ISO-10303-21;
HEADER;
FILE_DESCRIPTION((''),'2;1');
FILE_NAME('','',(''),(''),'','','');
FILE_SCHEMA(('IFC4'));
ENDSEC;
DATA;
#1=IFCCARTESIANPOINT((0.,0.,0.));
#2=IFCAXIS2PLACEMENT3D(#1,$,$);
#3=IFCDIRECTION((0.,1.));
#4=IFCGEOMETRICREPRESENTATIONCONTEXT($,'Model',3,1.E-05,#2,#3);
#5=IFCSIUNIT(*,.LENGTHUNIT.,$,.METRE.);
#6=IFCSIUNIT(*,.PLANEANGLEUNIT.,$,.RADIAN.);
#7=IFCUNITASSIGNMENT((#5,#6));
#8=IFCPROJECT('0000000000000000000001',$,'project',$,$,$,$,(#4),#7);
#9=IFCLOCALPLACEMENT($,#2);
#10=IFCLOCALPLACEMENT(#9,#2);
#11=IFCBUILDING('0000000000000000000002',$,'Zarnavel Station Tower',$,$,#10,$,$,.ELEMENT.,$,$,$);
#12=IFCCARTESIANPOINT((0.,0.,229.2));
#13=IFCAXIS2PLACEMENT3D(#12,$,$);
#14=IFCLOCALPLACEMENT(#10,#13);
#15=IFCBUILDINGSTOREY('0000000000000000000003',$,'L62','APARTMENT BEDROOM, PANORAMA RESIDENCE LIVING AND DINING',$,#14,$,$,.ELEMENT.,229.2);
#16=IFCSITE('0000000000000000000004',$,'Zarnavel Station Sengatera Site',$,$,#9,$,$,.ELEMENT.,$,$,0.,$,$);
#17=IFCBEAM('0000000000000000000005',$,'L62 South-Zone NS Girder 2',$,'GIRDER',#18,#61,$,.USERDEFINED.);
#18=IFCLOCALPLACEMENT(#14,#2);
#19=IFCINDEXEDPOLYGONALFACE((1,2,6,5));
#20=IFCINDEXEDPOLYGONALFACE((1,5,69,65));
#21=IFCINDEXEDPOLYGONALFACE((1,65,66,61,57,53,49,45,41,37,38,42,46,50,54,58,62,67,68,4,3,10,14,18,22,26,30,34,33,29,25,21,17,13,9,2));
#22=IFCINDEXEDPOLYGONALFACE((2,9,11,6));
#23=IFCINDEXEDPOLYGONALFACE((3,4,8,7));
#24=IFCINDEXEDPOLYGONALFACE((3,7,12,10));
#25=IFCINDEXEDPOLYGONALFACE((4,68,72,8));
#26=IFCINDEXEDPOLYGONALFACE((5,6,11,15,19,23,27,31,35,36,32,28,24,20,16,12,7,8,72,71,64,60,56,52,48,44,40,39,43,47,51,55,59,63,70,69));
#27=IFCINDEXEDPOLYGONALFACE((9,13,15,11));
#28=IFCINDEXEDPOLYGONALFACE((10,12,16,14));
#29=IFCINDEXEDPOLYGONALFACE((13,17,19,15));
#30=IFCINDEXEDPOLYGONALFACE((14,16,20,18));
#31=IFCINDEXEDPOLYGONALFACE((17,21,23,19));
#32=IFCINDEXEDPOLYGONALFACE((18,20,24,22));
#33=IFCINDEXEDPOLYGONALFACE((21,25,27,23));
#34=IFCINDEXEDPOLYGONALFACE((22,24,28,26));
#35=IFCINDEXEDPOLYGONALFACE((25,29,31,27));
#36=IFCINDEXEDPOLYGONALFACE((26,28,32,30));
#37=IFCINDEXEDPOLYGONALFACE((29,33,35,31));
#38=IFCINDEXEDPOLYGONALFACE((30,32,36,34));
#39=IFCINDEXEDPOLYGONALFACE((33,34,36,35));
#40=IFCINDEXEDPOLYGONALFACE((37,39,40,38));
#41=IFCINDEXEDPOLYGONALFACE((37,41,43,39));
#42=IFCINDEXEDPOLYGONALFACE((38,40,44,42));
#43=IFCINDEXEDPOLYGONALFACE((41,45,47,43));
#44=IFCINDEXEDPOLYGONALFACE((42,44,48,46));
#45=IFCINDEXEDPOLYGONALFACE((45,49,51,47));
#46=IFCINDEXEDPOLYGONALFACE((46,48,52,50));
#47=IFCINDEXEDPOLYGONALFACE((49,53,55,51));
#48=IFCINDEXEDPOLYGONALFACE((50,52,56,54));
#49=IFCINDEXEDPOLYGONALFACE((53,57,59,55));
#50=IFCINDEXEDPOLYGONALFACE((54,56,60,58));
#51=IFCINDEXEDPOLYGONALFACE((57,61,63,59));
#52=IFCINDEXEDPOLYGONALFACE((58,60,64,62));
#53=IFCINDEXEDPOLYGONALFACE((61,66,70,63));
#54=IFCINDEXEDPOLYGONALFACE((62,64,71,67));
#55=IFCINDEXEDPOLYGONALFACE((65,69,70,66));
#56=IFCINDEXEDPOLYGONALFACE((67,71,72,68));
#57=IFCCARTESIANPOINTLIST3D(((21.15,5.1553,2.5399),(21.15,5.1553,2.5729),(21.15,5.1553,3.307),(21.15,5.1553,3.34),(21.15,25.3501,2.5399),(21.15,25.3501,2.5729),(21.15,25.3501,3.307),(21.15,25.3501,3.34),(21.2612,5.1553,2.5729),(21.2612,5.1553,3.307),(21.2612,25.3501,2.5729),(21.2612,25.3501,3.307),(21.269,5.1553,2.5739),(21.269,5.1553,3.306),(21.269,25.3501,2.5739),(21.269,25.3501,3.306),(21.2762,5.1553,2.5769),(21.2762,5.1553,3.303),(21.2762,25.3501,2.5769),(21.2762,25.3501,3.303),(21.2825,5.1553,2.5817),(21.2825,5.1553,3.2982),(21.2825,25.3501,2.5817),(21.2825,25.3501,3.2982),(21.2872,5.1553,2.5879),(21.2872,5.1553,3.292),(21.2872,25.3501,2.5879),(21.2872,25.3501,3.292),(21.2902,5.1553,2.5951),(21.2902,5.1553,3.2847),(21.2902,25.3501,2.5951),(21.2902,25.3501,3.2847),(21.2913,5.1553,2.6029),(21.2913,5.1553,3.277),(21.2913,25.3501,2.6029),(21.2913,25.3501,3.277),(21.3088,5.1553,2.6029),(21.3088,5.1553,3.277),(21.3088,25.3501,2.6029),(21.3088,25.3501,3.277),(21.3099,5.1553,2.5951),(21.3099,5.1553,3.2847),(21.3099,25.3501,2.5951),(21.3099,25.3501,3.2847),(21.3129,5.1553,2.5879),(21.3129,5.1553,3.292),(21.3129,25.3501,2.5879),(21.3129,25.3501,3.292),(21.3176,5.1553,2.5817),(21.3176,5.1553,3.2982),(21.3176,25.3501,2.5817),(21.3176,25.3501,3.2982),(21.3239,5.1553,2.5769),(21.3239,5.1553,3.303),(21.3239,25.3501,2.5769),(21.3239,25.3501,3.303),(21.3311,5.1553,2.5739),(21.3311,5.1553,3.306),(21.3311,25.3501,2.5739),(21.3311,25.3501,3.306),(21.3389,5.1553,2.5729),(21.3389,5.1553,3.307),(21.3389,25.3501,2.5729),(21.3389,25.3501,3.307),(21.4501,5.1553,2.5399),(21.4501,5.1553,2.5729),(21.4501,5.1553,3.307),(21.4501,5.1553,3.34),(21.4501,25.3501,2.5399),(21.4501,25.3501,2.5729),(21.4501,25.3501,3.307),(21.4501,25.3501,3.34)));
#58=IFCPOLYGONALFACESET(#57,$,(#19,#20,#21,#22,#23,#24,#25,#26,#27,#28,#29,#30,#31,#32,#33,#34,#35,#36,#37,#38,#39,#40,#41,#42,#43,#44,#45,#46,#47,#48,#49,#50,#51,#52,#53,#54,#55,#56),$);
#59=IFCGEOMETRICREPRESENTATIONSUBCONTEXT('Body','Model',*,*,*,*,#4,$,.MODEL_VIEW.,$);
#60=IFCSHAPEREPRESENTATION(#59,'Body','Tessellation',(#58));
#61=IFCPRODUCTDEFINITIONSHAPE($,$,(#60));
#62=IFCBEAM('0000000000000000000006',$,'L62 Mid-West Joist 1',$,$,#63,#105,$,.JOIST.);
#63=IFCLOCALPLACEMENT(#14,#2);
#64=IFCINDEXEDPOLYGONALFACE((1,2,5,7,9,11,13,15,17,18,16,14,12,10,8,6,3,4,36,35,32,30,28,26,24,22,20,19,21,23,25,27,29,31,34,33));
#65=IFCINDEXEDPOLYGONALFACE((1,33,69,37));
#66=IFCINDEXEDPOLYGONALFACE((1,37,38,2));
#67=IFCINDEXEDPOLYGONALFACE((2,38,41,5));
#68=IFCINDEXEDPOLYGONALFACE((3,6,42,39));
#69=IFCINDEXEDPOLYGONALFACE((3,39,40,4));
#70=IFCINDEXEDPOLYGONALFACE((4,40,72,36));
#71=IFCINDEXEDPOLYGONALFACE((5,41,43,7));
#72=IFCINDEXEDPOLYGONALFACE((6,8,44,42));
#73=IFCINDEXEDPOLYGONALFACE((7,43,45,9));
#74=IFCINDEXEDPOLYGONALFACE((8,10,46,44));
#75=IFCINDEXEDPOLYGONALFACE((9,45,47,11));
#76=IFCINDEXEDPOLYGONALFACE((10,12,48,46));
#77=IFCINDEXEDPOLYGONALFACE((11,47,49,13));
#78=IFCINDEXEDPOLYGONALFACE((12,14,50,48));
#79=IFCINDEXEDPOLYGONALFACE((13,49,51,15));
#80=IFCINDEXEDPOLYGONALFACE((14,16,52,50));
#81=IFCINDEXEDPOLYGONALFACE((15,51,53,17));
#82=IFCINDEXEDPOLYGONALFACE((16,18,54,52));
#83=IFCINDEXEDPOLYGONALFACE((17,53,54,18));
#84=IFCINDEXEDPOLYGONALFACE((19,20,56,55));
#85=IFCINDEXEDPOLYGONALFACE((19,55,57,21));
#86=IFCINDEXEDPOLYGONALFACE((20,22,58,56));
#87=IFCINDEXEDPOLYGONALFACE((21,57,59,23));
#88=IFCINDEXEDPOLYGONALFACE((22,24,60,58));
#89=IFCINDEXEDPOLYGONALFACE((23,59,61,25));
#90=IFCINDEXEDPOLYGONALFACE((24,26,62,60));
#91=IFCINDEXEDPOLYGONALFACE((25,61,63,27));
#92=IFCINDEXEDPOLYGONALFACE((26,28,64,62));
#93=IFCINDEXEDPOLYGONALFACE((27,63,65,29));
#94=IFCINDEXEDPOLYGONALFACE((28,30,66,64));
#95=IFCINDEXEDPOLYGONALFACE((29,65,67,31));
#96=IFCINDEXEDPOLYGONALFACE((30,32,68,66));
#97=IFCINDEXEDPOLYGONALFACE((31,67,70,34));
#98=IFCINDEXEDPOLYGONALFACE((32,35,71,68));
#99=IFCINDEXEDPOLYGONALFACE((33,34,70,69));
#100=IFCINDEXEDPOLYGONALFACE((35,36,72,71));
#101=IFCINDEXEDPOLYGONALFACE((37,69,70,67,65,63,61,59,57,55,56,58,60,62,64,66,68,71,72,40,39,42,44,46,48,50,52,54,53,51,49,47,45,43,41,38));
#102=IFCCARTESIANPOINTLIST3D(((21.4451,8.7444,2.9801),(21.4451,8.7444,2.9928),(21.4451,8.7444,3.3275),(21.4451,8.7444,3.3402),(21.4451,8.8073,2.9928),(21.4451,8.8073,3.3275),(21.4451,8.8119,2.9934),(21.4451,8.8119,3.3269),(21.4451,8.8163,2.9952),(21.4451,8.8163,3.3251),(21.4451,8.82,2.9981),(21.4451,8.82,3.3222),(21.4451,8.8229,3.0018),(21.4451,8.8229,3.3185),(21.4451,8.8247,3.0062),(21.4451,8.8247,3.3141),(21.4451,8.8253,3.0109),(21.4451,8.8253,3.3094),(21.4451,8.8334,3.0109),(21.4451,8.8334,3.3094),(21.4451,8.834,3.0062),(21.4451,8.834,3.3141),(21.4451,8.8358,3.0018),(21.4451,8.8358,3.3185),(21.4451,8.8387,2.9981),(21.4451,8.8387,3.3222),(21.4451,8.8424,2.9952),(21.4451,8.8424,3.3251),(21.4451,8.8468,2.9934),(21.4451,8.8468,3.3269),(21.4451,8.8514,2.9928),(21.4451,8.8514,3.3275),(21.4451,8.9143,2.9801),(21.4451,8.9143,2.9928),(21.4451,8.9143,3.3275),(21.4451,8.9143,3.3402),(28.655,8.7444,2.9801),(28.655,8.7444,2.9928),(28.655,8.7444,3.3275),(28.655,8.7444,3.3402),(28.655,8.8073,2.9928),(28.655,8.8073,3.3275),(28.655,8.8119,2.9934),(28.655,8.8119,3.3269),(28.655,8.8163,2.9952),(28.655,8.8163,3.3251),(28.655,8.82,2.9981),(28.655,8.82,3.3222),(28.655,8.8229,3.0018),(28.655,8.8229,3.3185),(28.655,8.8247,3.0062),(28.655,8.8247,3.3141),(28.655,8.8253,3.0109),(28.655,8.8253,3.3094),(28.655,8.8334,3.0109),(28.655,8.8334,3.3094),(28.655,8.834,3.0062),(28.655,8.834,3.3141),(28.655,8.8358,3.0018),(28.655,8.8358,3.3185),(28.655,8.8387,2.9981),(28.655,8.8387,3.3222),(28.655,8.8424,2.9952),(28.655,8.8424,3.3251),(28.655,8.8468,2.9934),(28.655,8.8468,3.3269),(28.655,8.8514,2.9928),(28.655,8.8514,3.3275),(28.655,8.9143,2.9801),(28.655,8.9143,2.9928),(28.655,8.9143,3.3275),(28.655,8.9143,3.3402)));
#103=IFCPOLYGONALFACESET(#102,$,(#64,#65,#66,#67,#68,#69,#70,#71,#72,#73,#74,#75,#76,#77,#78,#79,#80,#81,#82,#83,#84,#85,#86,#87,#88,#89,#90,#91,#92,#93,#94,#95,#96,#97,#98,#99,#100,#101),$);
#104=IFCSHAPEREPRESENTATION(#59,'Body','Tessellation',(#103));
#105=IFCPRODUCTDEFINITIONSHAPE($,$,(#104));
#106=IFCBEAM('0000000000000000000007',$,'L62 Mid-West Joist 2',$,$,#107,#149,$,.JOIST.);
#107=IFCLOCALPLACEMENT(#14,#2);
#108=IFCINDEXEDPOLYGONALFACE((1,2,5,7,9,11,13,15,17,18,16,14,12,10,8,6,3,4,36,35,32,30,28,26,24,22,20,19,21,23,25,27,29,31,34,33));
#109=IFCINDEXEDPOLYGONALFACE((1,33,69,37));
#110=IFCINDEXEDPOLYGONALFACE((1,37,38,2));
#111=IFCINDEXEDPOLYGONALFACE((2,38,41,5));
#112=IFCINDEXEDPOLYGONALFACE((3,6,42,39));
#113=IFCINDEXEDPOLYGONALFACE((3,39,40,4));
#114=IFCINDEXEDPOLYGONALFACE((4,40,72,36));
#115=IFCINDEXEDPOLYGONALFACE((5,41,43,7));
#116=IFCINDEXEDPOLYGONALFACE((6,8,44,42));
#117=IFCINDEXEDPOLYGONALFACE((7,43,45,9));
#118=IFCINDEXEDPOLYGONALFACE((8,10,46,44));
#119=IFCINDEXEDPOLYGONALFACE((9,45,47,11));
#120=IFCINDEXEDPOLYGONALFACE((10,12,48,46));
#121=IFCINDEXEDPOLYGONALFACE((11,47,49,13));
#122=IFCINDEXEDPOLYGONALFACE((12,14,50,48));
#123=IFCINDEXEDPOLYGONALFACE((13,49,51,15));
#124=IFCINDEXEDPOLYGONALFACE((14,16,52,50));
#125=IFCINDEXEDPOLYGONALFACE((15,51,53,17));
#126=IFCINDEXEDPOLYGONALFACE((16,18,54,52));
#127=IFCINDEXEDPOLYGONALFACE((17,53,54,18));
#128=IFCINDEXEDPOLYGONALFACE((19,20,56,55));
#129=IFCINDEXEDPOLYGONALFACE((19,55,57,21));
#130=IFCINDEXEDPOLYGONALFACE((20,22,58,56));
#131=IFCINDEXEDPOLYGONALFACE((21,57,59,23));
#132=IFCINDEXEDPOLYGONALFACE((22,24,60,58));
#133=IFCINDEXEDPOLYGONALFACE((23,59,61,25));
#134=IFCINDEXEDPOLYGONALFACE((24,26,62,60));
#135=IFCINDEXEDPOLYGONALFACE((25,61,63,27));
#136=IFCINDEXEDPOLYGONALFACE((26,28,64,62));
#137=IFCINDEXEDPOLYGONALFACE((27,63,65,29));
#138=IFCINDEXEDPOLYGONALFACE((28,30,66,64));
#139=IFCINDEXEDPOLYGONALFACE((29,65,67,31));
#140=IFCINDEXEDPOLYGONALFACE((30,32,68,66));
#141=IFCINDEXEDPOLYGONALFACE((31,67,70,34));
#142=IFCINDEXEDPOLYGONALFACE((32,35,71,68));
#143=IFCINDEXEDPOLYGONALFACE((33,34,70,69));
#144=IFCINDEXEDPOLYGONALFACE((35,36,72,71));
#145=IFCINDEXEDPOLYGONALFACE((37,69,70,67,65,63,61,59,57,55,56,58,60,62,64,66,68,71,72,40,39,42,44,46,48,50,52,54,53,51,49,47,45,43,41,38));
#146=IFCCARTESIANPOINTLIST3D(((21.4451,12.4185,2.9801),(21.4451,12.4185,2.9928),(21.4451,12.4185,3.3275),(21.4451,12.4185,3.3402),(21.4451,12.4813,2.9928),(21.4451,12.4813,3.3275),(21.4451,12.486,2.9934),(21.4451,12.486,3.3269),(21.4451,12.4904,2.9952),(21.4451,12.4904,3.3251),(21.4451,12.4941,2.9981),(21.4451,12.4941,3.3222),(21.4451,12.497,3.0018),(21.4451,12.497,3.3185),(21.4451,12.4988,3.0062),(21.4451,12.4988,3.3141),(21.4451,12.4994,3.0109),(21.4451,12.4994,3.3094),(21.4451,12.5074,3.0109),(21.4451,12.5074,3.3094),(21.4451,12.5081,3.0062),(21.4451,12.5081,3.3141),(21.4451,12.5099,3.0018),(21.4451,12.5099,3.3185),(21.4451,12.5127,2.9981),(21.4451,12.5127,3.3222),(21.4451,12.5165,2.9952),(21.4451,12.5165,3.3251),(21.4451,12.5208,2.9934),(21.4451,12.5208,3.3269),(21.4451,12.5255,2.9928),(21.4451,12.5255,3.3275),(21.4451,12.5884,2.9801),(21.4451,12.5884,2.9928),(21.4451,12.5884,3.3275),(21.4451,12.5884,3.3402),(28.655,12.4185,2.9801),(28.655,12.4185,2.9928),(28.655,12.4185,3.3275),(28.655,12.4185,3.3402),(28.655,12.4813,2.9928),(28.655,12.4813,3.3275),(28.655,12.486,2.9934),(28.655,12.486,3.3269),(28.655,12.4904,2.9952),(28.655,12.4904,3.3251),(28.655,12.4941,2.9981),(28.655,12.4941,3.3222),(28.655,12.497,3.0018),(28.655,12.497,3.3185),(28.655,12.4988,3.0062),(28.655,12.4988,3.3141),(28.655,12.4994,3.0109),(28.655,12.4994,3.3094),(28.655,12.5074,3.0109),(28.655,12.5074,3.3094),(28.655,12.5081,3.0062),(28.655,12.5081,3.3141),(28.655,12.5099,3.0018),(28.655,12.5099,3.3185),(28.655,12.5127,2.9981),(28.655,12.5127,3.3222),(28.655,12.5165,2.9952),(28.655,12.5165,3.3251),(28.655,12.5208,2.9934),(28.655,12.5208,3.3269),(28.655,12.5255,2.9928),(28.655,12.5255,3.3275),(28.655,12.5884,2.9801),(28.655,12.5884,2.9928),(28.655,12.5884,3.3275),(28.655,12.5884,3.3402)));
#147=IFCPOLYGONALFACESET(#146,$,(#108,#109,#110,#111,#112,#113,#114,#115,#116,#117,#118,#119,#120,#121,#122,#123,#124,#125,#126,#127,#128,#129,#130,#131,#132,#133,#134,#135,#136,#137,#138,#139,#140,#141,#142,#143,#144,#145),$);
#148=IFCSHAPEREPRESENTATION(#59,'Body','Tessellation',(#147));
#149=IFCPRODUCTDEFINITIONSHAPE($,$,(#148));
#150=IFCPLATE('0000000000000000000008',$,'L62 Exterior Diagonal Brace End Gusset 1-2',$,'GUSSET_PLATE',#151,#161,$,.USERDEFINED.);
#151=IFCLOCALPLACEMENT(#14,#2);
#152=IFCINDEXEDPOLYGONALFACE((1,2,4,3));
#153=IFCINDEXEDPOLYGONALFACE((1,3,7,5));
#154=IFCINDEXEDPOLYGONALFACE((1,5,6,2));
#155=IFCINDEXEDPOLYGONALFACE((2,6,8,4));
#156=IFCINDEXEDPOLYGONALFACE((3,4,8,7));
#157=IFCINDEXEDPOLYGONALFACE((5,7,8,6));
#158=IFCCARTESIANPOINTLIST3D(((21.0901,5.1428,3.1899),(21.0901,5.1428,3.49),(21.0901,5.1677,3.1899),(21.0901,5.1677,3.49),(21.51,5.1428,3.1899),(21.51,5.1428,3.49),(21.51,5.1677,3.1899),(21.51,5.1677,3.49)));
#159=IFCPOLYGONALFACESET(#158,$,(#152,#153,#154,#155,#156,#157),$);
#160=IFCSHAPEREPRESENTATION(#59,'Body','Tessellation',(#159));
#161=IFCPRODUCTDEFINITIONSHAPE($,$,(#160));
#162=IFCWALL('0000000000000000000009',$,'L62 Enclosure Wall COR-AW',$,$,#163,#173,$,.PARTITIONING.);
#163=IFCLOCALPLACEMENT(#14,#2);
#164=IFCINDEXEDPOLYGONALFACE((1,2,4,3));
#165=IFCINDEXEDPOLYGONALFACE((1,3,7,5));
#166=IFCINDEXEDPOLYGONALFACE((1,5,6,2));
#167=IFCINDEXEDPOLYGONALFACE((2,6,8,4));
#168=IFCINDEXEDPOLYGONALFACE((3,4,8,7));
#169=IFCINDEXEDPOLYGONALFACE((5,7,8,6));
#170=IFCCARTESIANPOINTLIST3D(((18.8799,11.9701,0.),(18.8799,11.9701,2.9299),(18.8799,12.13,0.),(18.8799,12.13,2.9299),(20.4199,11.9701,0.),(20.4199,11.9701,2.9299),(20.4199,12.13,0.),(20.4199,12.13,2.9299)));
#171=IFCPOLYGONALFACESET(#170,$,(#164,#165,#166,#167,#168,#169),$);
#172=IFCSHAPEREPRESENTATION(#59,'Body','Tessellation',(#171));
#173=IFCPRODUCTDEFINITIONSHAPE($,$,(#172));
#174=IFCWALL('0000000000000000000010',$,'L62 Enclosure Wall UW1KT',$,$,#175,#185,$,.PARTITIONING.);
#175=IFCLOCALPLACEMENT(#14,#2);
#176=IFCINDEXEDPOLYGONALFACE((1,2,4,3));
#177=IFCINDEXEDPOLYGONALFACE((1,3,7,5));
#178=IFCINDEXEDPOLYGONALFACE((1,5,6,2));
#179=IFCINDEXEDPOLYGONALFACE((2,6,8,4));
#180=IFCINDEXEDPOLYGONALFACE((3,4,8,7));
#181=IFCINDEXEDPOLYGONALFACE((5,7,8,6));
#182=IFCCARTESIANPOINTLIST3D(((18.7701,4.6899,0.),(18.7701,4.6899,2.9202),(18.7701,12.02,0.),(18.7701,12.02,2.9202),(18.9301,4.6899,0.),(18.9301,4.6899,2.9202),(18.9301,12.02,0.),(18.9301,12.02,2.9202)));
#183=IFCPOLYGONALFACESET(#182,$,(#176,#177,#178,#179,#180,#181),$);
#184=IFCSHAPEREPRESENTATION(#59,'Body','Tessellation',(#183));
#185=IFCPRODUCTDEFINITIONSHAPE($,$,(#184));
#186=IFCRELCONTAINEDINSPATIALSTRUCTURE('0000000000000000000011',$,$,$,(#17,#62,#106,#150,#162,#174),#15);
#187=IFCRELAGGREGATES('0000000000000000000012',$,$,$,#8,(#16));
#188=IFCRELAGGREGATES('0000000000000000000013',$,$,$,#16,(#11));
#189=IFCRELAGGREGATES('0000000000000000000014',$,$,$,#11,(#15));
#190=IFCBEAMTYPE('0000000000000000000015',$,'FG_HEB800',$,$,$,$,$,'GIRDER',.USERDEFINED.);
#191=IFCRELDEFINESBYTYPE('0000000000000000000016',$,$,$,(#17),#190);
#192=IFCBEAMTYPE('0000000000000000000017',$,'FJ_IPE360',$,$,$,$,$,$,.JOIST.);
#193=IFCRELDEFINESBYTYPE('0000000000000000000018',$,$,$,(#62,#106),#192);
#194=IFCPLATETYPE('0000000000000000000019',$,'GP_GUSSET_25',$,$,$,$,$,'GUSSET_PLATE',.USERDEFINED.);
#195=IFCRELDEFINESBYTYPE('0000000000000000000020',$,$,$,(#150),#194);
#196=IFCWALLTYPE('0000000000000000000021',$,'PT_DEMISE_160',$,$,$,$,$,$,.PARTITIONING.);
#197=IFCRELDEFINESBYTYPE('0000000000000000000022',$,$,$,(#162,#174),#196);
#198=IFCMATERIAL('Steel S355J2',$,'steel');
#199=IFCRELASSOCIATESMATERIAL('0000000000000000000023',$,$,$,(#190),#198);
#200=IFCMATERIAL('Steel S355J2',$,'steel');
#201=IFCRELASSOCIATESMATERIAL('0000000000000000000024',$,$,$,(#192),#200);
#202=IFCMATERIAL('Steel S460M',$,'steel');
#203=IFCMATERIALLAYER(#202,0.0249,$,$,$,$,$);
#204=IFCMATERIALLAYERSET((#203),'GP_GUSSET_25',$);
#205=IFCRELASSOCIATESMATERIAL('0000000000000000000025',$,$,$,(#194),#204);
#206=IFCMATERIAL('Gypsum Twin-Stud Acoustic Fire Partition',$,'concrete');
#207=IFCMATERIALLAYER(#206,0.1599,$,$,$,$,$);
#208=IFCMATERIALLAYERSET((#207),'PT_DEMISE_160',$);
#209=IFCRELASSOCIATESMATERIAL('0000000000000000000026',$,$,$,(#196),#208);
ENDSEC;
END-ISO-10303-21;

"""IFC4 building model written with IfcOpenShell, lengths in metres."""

from ifc_helpers import new_model, si_unit, direction, frame, frame_2d, origin, origin_2d, place, context, subcontext, project, spatial, rectangle, i_section, extrude, material, layer, layer_set, material_profile, profile_set, type_object, element, save


model = new_model("IFC4")

# Units and contexts
model_context = context("Model", 3, precision=1e-05, world=origin(), true_north=direction((0.0, 1.0)))
body_context = subcontext(model_context, "Body", "Model", "MODEL_VIEW")
ifc_project = project(units=[si_unit("LENGTHUNIT", "METRE"), si_unit("PLANEANGLEUNIT", "RADIAN")], contexts=[model_context])

# Site, building, storey
site_placement = place(None, origin())
site = spatial("IfcSite", under=ifc_project, at=site_placement, Name="Zarnavel Station Sengatera Site", CompositionType="ELEMENT", RefElevation=0.0)
building_placement = place(site_placement, origin())
building = spatial("IfcBuilding", under=site, at=building_placement, Name="Zarnavel Station Tower", CompositionType="ELEMENT")
storey_placement = place(building_placement, frame((0.0, 0.0, 229.2)))
storey = spatial("IfcBuildingStorey", under=building, at=storey_placement, Name="L62", Description="APARTMENT BEDROOM, PANORAMA RESIDENCE LIVING AND DINING", CompositionType="ELEMENT", Elevation=229.2)

# Beams
ifc_material_1 = material(Name="Steel S355J2", Category="steel")
ifc_material_profile_1 = material_profile(ifc_material_1, i_section(OverallWidth=0.3, OverallDepth=0.8, WebThickness=0.0176, FlangeThickness=0.033, FilletRadius=0.03, at=origin_2d()), Name="HEB800")
ifc_profile_set_1 = profile_set([ifc_material_profile_1], Name="Steel S355J2")
beam_type_1 = type_object("IfcBeamType", Name="FG_HEB800", ElementType="GIRDER", PredefinedType="USERDEFINED", material=ifc_profile_set_1)
beam_1_placement = place(storey_placement, frame((21.3, 5.1553, 2.9399), z_axis=(0.0, 1.0, 0.0), x_axis=(-1.0, 0.0, 0.0)))
element("IfcBeam", 1, at=beam_1_placement, inside=storey, type_object=beam_type_1, Name="L62 South-Zone NS Girder 2", ObjectType="GIRDER", PredefinedType="USERDEFINED", context=body_context, shape_type="SweptSolid", body=[
    extrude(i_section(OverallWidth=0.3, OverallDepth=0.8, WebThickness=0.0176, FlangeThickness=0.033, FilletRadius=0.03, at=origin_2d()), origin(), (0.0, 0.0, 1.0), 20.1948),
])
ifc_material_2 = material(Name="Steel S355J2", Category="steel")
ifc_material_profile_2 = material_profile(ifc_material_2, i_section(OverallWidth=0.1699, OverallDepth=0.3601, WebThickness=0.0081, FlangeThickness=0.0127, FilletRadius=0.0181, at=origin_2d()), Name="IPE360")
ifc_profile_set_2 = profile_set([ifc_material_profile_2], Name="Steel S355J2")
beam_type_2 = type_object("IfcBeamType", Name="FJ_IPE360", PredefinedType="JOIST", material=ifc_profile_set_2)
for number, where, z_axis, x_axis, name in (
    (2, (21.4451, 8.8293, 3.1602), (1.0, 0.0, 0.0), (0.0, 1.0, 0.0), "L62 Mid-West Joist 1"),
    (3, (21.4451, 12.5034, 3.1602), (1.0, 0.0, 0.0), (0.0, 1.0, 0.0), "L62 Mid-West Joist 2"),
):
    element("IfcBeam", number, at=place(storey_placement, frame(where, z_axis=z_axis, x_axis=x_axis)), inside=storey, type_object=beam_type_2, Name=name, PredefinedType="JOIST", context=body_context, shape_type="SweptSolid", body=[
        extrude(i_section(OverallWidth=0.1699, OverallDepth=0.3601, WebThickness=0.0081, FlangeThickness=0.0127, FilletRadius=0.0181, at=origin_2d()), origin(), (0.0, 0.0, 1.0), 7.21),
    ])

# Plate
ifc_material_3 = material(Name="Steel S460M", Category="steel")
ifc_layer_1 = layer(ifc_material_3, 0.0249)
ifc_layer_set_1 = layer_set([ifc_layer_1], Name="GP_GUSSET_25")
plate_type = type_object("IfcPlateType", Name="GP_GUSSET_25", ElementType="GUSSET_PLATE", PredefinedType="USERDEFINED", material=ifc_layer_set_1)
plate_placement = place(storey_placement, frame((21.3, 5.1553, 3.1899), z_axis=(0.0, 0.0, 1.0), x_axis=(1.0, 0.0, 0.0)))
element("IfcPlate", 4, at=plate_placement, inside=storey, type_object=plate_type, Name="L62 Exterior Diagonal Brace End Gusset 1-2", ObjectType="GUSSET_PLATE", PredefinedType="USERDEFINED", context=body_context, shape_type="SweptSolid", body=[
    extrude(rectangle(XDim=0.4199, YDim=0.0249, at=origin_2d()), origin(), (0.0, 0.0, 1.0), 0.3),
])

# Walls
ifc_material_4 = material(Name="Gypsum Twin-Stud Acoustic Fire Partition", Category="concrete")
ifc_layer_2 = layer(ifc_material_4, 0.1599)
ifc_layer_set_2 = layer_set([ifc_layer_2], Name="PT_DEMISE_160")
wall_type_1 = type_object("IfcWallType", Name="PT_DEMISE_160", PredefinedType="PARTITIONING", material=ifc_layer_set_2)
wall_1_placement = place(storey_placement, frame((18.8799, 12.05, 0.0), z_axis=(0.0, 0.0, 1.0), x_axis=(1.0, 0.0, 0.0)))
element("IfcWall", 5, at=wall_1_placement, inside=storey, type_object=wall_type_1, Name="L62 Enclosure Wall COR-AW", PredefinedType="PARTITIONING", context=body_context, shape_type="SweptSolid", body=[
    extrude(rectangle(XDim=1.54, YDim=0.1599, at=frame_2d((0.77, 0.0))), origin(), (0.0, 0.0, 1.0), 2.9299),
])
wall_2_placement = place(storey_placement, frame((18.8501, 4.6899, 0.0), z_axis=(0.0, 0.0, 1.0), x_axis=(0.0, 1.0, 0.0)))
element("IfcWall", 6, at=wall_2_placement, inside=storey, type_object=wall_type_1, Name="L62 Enclosure Wall UW1KT", PredefinedType="PARTITIONING", context=body_context, shape_type="SweptSolid", body=[
    extrude(rectangle(XDim=7.3301, YDim=0.1599, at=frame_2d((3.665, 0.0))), origin(), (0.0, 0.0, 1.0), 2.9202),
])

save(model, "model.ifc")
